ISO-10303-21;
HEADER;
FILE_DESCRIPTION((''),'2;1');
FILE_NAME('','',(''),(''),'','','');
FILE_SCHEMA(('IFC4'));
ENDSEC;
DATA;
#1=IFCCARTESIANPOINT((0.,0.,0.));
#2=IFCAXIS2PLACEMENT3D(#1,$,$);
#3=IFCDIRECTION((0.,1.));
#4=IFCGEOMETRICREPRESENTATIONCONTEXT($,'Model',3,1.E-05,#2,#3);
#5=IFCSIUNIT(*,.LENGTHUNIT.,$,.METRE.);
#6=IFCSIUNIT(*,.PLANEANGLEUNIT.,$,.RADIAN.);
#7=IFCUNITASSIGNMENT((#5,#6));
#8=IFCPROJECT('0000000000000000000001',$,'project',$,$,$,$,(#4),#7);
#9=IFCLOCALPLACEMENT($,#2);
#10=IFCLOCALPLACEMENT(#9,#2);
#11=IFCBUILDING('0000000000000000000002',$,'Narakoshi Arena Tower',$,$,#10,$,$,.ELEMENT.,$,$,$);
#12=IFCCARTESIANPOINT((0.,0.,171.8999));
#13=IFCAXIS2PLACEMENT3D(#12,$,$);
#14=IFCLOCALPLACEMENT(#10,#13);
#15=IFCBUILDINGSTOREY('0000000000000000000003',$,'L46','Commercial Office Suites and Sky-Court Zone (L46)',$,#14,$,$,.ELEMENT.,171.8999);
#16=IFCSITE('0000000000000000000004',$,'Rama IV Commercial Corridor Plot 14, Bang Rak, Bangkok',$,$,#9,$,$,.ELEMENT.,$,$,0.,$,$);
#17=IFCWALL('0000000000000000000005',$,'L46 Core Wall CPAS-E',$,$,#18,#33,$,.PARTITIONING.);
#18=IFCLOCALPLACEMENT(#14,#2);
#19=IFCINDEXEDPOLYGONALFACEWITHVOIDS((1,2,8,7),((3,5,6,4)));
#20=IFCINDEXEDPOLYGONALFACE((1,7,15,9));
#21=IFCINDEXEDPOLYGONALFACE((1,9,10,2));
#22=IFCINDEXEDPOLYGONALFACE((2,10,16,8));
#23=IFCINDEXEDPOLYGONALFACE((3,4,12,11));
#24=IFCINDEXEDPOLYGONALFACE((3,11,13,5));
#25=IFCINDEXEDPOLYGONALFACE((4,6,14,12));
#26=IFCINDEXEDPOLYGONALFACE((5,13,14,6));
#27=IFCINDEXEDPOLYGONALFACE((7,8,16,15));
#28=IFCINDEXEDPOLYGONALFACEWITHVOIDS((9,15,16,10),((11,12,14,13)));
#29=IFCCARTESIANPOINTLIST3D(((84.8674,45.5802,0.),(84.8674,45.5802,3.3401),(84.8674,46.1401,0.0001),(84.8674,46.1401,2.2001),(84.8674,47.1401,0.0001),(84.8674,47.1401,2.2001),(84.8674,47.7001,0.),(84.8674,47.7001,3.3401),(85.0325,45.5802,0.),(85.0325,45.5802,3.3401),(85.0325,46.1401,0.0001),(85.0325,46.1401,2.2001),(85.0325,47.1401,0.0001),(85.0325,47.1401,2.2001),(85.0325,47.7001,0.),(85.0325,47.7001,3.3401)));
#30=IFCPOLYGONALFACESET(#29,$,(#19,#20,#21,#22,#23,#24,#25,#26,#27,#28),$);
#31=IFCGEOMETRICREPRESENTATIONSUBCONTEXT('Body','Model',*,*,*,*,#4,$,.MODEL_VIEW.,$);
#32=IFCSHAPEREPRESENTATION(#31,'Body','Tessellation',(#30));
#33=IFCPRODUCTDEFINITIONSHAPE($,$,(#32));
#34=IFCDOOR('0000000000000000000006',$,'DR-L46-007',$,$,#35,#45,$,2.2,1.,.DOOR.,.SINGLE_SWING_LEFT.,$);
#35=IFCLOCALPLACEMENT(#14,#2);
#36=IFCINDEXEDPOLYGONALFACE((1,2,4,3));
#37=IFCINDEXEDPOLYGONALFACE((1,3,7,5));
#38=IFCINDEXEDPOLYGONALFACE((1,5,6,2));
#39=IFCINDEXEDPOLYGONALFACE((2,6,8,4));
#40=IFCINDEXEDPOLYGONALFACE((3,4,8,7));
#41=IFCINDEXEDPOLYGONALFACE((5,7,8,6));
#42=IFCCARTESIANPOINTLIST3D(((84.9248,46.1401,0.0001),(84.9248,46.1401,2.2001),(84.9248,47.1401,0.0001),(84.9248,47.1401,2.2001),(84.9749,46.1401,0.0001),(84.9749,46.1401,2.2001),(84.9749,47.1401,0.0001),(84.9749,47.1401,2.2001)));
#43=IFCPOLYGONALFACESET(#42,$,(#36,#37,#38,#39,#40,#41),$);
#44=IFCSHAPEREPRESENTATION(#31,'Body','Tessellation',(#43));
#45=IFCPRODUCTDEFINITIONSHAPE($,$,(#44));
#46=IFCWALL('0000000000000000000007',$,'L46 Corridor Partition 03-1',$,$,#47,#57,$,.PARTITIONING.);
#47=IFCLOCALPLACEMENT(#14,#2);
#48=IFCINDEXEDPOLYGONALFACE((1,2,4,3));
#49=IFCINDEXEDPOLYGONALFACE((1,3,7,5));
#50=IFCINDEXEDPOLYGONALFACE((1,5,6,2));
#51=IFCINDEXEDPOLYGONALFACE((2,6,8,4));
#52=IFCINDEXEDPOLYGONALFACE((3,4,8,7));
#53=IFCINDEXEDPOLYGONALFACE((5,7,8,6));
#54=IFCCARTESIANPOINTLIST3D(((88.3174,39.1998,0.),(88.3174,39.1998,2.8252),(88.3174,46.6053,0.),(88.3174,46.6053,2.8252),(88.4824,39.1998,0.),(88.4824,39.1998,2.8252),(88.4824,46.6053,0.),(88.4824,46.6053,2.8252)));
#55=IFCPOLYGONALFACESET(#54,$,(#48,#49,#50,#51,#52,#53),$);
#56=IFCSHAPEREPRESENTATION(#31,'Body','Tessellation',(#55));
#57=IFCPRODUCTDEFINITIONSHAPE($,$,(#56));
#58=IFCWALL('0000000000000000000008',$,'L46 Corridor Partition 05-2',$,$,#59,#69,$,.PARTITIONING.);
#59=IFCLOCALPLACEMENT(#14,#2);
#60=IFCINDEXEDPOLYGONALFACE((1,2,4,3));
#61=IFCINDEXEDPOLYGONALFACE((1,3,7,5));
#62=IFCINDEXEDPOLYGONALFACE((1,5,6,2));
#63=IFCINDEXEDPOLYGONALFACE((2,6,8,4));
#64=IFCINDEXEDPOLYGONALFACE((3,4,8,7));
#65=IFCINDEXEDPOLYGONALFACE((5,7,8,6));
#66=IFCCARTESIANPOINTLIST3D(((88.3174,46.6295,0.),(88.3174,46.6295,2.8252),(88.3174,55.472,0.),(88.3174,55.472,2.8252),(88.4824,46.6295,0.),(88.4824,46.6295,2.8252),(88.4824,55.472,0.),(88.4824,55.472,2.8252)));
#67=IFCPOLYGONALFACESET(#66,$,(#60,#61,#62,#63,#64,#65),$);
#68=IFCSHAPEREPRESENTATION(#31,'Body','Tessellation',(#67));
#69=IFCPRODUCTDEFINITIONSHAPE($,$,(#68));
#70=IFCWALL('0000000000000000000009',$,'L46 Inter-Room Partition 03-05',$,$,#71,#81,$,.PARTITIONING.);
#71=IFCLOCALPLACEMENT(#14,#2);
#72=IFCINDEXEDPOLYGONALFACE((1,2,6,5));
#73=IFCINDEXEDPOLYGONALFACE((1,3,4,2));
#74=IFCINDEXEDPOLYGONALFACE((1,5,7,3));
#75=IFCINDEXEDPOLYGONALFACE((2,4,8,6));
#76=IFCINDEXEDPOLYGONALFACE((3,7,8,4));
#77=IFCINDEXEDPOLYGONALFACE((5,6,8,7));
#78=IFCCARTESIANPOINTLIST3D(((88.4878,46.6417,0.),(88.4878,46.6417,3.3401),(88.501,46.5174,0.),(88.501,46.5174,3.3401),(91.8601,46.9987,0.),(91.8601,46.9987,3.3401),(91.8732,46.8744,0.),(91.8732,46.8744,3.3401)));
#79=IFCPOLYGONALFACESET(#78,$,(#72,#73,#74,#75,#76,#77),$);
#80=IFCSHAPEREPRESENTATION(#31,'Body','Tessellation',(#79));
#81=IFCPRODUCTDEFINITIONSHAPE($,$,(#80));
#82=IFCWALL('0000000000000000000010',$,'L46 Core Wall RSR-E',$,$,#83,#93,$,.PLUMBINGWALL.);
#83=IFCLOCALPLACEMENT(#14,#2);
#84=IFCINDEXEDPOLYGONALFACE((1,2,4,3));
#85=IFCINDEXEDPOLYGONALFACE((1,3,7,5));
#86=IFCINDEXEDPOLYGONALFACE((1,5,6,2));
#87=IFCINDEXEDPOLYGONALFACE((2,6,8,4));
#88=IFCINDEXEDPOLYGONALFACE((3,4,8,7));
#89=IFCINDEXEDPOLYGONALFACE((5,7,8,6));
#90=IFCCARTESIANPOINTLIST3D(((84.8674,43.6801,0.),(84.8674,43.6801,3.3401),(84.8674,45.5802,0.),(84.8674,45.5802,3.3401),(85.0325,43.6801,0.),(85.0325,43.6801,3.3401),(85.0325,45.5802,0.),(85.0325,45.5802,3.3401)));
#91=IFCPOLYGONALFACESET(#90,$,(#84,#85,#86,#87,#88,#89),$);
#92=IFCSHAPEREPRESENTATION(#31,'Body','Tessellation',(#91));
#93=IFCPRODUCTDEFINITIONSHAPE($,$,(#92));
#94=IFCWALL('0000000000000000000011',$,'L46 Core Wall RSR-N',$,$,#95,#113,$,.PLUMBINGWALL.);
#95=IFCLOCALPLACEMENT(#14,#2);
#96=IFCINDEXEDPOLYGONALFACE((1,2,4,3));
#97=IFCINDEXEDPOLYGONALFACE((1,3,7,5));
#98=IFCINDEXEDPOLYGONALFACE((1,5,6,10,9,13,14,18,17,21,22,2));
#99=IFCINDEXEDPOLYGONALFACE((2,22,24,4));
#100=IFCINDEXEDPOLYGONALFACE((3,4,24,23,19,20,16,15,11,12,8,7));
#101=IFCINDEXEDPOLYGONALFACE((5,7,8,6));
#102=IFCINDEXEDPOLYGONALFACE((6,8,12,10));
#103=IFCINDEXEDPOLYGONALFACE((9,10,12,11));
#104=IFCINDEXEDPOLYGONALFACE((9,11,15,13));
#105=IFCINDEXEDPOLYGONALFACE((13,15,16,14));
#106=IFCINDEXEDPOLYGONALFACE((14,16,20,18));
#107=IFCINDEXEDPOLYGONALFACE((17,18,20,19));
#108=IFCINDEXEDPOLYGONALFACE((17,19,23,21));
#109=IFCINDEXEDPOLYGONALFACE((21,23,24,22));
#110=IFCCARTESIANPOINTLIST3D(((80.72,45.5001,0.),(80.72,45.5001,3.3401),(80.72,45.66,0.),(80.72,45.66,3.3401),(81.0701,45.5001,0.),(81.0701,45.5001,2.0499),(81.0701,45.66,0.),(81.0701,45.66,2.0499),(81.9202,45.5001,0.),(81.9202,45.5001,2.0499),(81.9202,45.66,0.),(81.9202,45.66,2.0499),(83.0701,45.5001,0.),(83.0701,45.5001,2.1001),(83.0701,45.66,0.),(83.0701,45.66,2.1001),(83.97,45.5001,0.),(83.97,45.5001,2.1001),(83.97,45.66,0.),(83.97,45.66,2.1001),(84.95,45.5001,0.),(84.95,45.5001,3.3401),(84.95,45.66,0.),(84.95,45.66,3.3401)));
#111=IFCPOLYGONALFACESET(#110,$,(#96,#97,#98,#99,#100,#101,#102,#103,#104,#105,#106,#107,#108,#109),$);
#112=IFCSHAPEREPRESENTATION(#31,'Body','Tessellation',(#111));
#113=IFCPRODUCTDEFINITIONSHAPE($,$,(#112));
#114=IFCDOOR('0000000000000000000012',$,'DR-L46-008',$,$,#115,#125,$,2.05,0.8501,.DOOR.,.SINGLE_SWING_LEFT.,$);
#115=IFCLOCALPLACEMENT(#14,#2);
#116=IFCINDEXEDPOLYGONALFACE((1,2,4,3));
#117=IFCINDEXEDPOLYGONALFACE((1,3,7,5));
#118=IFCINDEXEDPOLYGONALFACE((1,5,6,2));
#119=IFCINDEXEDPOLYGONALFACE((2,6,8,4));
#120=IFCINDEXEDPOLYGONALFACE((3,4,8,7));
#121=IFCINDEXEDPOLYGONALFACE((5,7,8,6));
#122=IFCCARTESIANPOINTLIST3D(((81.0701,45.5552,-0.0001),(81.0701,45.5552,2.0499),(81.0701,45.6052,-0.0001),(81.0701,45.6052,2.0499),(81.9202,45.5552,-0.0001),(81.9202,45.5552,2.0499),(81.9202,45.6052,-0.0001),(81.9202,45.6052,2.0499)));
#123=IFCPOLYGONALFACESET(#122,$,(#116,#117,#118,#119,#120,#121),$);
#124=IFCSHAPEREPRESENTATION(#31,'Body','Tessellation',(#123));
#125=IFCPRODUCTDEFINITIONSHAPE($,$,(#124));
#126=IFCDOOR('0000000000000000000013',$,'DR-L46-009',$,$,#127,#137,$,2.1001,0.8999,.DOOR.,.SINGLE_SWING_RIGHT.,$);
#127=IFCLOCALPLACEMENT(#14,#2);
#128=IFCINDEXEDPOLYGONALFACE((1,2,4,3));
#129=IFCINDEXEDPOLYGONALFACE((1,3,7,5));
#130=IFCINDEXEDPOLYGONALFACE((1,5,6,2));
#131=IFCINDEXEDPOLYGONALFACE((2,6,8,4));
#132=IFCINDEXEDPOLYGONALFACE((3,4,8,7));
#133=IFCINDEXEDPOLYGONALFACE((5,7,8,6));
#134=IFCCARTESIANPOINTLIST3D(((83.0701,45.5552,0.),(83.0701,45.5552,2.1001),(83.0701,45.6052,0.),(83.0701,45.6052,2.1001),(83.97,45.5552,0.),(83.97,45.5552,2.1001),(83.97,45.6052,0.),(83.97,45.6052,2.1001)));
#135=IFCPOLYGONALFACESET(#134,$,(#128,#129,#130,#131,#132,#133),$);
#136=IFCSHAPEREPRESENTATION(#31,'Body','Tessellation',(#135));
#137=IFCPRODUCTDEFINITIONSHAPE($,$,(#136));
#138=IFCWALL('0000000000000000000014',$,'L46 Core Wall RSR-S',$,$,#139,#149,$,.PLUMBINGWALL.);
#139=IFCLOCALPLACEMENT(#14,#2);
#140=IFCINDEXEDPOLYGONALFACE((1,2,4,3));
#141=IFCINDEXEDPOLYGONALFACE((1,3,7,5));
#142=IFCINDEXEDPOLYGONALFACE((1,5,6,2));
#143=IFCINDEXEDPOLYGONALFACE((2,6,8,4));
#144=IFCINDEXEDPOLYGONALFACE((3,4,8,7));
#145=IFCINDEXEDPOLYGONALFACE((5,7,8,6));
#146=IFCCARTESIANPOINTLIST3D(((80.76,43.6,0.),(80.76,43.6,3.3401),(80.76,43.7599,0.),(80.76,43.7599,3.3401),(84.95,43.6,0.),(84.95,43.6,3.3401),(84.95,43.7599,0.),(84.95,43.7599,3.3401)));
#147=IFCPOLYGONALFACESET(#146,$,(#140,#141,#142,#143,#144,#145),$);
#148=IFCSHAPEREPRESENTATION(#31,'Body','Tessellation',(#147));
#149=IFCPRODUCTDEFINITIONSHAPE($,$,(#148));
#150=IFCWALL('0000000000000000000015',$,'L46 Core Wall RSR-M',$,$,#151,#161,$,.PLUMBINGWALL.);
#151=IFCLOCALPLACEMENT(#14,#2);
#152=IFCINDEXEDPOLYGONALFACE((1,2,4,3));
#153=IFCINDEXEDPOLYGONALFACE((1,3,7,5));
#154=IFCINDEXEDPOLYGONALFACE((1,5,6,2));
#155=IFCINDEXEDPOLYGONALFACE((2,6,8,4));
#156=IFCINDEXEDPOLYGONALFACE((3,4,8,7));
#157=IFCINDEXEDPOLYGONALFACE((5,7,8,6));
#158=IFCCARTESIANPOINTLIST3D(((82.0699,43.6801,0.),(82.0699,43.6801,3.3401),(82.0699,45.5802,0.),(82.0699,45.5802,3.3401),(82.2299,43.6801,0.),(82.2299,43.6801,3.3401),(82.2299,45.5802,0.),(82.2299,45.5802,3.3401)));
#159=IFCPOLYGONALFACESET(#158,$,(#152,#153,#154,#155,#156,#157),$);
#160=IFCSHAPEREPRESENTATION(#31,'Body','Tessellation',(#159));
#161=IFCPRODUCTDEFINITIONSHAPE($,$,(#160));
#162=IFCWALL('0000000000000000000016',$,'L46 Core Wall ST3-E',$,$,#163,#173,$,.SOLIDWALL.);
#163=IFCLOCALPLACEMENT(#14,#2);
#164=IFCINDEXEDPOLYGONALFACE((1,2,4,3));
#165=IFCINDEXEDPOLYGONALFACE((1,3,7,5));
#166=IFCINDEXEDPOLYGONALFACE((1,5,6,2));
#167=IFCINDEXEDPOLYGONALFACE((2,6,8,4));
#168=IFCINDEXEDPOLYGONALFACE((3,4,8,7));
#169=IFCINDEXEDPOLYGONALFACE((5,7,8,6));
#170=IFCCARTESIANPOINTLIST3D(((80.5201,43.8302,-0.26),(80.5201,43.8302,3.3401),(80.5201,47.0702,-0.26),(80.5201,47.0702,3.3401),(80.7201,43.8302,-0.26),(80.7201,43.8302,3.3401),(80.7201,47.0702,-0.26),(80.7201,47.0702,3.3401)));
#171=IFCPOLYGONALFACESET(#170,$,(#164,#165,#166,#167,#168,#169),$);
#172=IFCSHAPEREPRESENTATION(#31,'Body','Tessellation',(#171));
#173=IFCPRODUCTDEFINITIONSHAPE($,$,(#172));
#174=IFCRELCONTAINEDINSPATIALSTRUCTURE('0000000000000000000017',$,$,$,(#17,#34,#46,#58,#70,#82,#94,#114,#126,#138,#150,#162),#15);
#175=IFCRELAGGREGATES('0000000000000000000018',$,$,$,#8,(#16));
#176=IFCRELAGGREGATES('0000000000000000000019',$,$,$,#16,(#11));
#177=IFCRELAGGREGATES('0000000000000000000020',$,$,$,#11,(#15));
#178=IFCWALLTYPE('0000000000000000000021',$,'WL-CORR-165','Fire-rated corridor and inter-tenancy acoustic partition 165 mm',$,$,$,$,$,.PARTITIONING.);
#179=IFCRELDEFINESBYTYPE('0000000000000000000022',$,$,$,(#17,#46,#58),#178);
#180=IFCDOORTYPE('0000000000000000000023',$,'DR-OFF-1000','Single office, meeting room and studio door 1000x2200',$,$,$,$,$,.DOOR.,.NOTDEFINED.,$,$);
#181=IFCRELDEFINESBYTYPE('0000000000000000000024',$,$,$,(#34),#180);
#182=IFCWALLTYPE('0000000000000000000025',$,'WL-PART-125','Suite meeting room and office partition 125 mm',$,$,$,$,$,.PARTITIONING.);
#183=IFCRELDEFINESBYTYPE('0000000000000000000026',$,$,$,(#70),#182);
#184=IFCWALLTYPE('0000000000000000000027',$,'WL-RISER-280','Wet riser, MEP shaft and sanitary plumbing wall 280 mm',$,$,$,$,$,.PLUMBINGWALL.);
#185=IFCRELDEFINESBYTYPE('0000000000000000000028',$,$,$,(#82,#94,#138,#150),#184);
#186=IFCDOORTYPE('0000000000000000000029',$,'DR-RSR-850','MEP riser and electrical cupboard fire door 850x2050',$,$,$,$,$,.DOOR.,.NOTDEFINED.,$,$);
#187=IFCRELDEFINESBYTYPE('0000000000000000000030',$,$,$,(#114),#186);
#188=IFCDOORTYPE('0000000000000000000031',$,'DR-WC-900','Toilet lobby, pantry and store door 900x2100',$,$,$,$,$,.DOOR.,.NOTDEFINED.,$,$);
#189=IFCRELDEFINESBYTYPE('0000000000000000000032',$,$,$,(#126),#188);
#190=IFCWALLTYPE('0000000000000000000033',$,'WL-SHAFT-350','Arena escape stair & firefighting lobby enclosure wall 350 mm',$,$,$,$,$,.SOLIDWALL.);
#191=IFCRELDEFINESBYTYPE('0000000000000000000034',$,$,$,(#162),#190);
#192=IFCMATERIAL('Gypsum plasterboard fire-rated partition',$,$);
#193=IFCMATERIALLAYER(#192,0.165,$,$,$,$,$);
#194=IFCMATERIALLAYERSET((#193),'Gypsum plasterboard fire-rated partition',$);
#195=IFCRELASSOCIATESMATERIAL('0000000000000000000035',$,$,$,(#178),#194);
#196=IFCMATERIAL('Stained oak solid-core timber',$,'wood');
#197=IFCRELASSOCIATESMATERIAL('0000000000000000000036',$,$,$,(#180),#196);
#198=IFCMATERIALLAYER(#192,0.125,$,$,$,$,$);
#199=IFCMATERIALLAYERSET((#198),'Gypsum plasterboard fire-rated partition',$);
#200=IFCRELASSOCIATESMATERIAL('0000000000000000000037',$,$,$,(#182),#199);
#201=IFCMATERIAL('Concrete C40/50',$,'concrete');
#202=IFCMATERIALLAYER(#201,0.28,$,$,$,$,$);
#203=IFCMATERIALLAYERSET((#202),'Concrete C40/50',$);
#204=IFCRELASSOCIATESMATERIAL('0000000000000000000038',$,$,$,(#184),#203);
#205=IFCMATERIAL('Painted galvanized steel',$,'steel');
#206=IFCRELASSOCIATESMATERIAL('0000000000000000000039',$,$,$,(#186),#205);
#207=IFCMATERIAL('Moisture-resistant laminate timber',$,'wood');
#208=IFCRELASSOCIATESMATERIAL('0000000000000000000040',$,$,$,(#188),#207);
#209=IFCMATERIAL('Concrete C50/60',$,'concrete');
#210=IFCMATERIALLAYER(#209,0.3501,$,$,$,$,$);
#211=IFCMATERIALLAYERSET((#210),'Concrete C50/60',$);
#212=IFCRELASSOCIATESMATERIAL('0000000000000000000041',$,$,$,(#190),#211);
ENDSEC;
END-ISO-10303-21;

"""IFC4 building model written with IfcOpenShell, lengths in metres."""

from ifc_helpers import new_model, si_unit, direction, frame, frame_2d, origin, place, context, subcontext, project, spatial, rectangle, extrude, material, layer, layer_set, type_object, element, fill, save


model = new_model("IFC4")

# Units and contexts
model_context = context("Model", 3, precision=1e-05, world=origin(), true_north=direction((0.0, 1.0)))
body_context = subcontext(model_context, "Body", "Model", "MODEL_VIEW")
ifc_project = project(units=[si_unit("LENGTHUNIT", "METRE"), si_unit("PLANEANGLEUNIT", "RADIAN")], contexts=[model_context])

# Site, building, storey
site_placement = place(None, origin())
site = spatial("IfcSite", under=ifc_project, at=site_placement, Name="Rama IV Commercial Corridor Plot 14, Bang Rak, Bangkok", CompositionType="ELEMENT", RefElevation=0.0)
building_placement = place(site_placement, origin())
building = spatial("IfcBuilding", under=site, at=building_placement, Name="Narakoshi Arena Tower", CompositionType="ELEMENT")
storey_placement = place(building_placement, frame((0.0, 0.0, 171.8999)))
storey = spatial("IfcBuildingStorey", under=building, at=storey_placement, Name="L46", Description="Commercial Office Suites and Sky-Court Zone (L46)", CompositionType="ELEMENT", Elevation=171.8999)

# Shared definitions
ifc_material_1 = material(Name="Concrete C50/60", Category="concrete")

# Wall, opening, door
ifc_material_2 = material(Name="Gypsum plasterboard fire-rated partition")
ifc_layer_1 = layer(ifc_material_2, 0.165)
ifc_layer_set_1 = layer_set([ifc_layer_1], Name="Gypsum plasterboard fire-rated partition")
wall_type_1 = type_object("IfcWallType", Name="WL-CORR-165", Description="Fire-rated corridor and inter-tenancy acoustic partition 165 mm", PredefinedType="PARTITIONING", material=ifc_layer_set_1)
wall_1_placement = place(storey_placement, frame((84.95, 45.5801, 0.0), z_axis=(0.0, 0.0, 1.0), x_axis=(0.0, 1.0, 0.0)))
wall_1 = element("IfcWall", 1, at=wall_1_placement, inside=storey, type_object=wall_type_1, Name="L46 Core Wall CPAS-E", PredefinedType="PARTITIONING", context=body_context, shape_type="SweptSolid", body=[
    extrude(rectangle(XDim=2.1199, YDim=0.165, at=frame_2d((1.0601, 0.0))), origin(), (0.0, 0.0, 1.0), 3.3401),
])
opening_1_placement = place(wall_1_placement, frame((0.5601, 0.0, 0.0)))
opening_1 = element("IfcOpeningElement", 2, at=opening_1_placement, cuts=wall_1, PredefinedType="OPENING", context=body_context, shape_type="SweptSolid", body=[
    extrude(rectangle(XDim=1.0, YDim=2.2, at=frame_2d((0.5, 1.1001))), frame((0.0, 0.0925, 0.0), z_axis=(0.0, -1.0, 0.0), x_axis=(1.0, 0.0, 0.0)), (0.0, 0.0, 1.0), 0.1851),
])
ifc_material_3 = material(Name="Stained oak solid-core timber", Category="wood")
door_type_1 = type_object("IfcDoorType", Name="DR-OFF-1000", Description="Single office, meeting room and studio door 1000x2200", OperationType="NOTDEFINED", PredefinedType="DOOR", material=ifc_material_3)
door_1_placement = place(opening_1_placement, frame((1.0, 0.0, 0.0), z_axis=(0.0, 0.0, 1.0), x_axis=(-1.0, 0.0, 0.0)))
door_1 = element("IfcDoor", 3, at=door_1_placement, inside=storey, type_object=door_type_1, Name="DR-L46-007", OperationType="SINGLE_SWING_LEFT", OverallHeight=2.2, OverallWidth=1.0, PredefinedType="DOOR", context=body_context, shape_type="SweptSolid", body=[
    extrude(rectangle(XDim=1.0, YDim=2.2, at=frame_2d((0.5, 1.1001))), frame((0.0, 0.0249, 0.0), z_axis=(0.0, -1.0, 0.0), x_axis=(1.0, 0.0, 0.0)), (0.0, 0.0, 1.0), 0.05),
])
fill(opening_1, door_1)

# Walls
wall_2_placement = place(storey_placement, frame((88.3999, 39.2, 0.0), z_axis=(0.0, 0.0, 1.0), x_axis=(0.0, 1.0, 0.0)))
element("IfcWall", 4, at=wall_2_placement, inside=storey, type_object=wall_type_1, Name="L46 Corridor Partition 03-1", PredefinedType="PARTITIONING", context=body_context, shape_type="SweptSolid", body=[
    extrude(rectangle(XDim=7.4055, YDim=0.165, at=frame_2d((3.7026, 0.0))), origin(), (0.0, 0.0, 1.0), 2.8252),
])
wall_3_placement = place(storey_placement, frame((88.3999, 46.6294, 0.0), z_axis=(0.0, 0.0, 1.0), x_axis=(0.0, 1.0, 0.0)))
element("IfcWall", 5, at=wall_3_placement, inside=storey, type_object=wall_type_1, Name="L46 Corridor Partition 05-2", PredefinedType="PARTITIONING", context=body_context, shape_type="SweptSolid", body=[
    extrude(rectangle(XDim=8.8425, YDim=0.165, at=frame_2d((4.4214, 0.0))), origin(), (0.0, 0.0, 1.0), 2.8252),
])
ifc_layer_2 = layer(ifc_material_2, 0.125)
ifc_layer_set_2 = layer_set([ifc_layer_2], Name="Gypsum plasterboard fire-rated partition")
wall_type_2 = type_object("IfcWallType", Name="WL-PART-125", Description="Suite meeting room and office partition 125 mm", PredefinedType="PARTITIONING", material=ifc_layer_set_2)
wall_4_placement = place(storey_placement, frame((88.4944, 46.5796, 0.0), z_axis=(0.0, 0.0, 1.0), x_axis=(0.994445, 0.105254, 0.0)))
element("IfcWall", 6, at=wall_4_placement, inside=storey, type_object=wall_type_2, Name="L46 Inter-Room Partition 03-05", PredefinedType="PARTITIONING", context=body_context, shape_type="SweptSolid", body=[
    extrude(rectangle(XDim=3.3911, YDim=0.125, at=frame_2d((1.6956, 0.0))), origin(), (0.0, 0.0, 1.0), 3.3401),
])
ifc_material_4 = material(Name="Concrete C40/50", Category="concrete")
ifc_layer_3 = layer(ifc_material_4, 0.28)
ifc_layer_set_3 = layer_set([ifc_layer_3], Name="Concrete C40/50")
wall_type_3 = type_object("IfcWallType", Name="WL-RISER-280", Description="Wet riser, MEP shaft and sanitary plumbing wall 280 mm", PredefinedType="PLUMBINGWALL", material=ifc_layer_set_3)
wall_5_placement = place(storey_placement, frame((84.95, 43.6799, 0.0), z_axis=(0.0, 0.0, 1.0), x_axis=(0.0, 1.0, 0.0)))
element("IfcWall", 7, at=wall_5_placement, inside=storey, type_object=wall_type_3, Name="L46 Core Wall RSR-E", PredefinedType="PLUMBINGWALL", context=body_context, shape_type="SweptSolid", body=[
    extrude(rectangle(XDim=1.9001, YDim=0.165, at=frame_2d((0.9502, 0.0))), origin(), (0.0, 0.0, 1.0), 3.3401),
])

# Wall, openings, doors
wall_6_placement = place(storey_placement, frame((80.72, 45.5801, 0.0), z_axis=(0.0, 0.0, 1.0), x_axis=(1.0, 0.0, 0.0)))
wall_6 = element("IfcWall", 8, at=wall_6_placement, inside=storey, type_object=wall_type_3, Name="L46 Core Wall RSR-N", PredefinedType="PLUMBINGWALL", context=body_context, shape_type="SweptSolid", body=[
    extrude(rectangle(XDim=4.23, YDim=0.1599, at=frame_2d((2.115, 0.0))), origin(), (0.0, 0.0, 1.0), 3.3401),
])
opening_2_placement = place(wall_6_placement, frame((0.3501, 0.0, 0.0)))
opening_2 = element("IfcOpeningElement", 9, at=opening_2_placement, cuts=wall_6, PredefinedType="OPENING", context=body_context, shape_type="SweptSolid", body=[
    extrude(rectangle(XDim=0.8501, YDim=2.05, at=frame_2d((0.425, 1.0249))), frame((0.0, 0.0898, 0.0), z_axis=(0.0, -1.0, 0.0), x_axis=(1.0, 0.0, 0.0)), (0.0, 0.0, 1.0), 0.1799),
])
opening_3_placement = place(wall_6_placement, frame((2.3501, 0.0, 0.0)))
opening_3 = element("IfcOpeningElement", 10, at=opening_3_placement, cuts=wall_6, PredefinedType="OPENING", context=body_context, shape_type="SweptSolid", body=[
    extrude(rectangle(XDim=0.8999, YDim=2.1001, at=frame_2d((0.45, 1.05))), frame((0.0, 0.0898, 0.0), z_axis=(0.0, -1.0, 0.0), x_axis=(1.0, 0.0, 0.0)), (0.0, 0.0, 1.0), 0.1799),
])
ifc_material_5 = material(Name="Painted galvanized steel", Category="steel")
door_type_2 = type_object("IfcDoorType", Name="DR-RSR-850", Description="MEP riser and electrical cupboard fire door 850x2050", OperationType="NOTDEFINED", PredefinedType="DOOR", material=ifc_material_5)
door_2_placement = place(opening_2_placement, frame((0.8501, 0.0, 0.0), z_axis=(0.0, 0.0, 1.0), x_axis=(-1.0, 0.0, 0.0)))
door_2 = element("IfcDoor", 11, at=door_2_placement, inside=storey, type_object=door_type_2, Name="DR-L46-008", OperationType="SINGLE_SWING_LEFT", OverallHeight=2.05, OverallWidth=0.8501, PredefinedType="DOOR", context=body_context, shape_type="SweptSolid", body=[
    extrude(rectangle(XDim=0.8501, YDim=2.05, at=frame_2d((0.425, 1.0249))), frame((0.0, 0.0249, 0.0), z_axis=(0.0, -1.0, 0.0), x_axis=(1.0, 0.0, 0.0)), (0.0, 0.0, 1.0), 0.05),
])
fill(opening_2, door_2)
ifc_material_6 = material(Name="Moisture-resistant laminate timber", Category="wood")
door_type_3 = type_object("IfcDoorType", Name="DR-WC-900", Description="Toilet lobby, pantry and store door 900x2100", OperationType="NOTDEFINED", PredefinedType="DOOR", material=ifc_material_6)
door_3_placement = place(opening_3_placement, frame((0.8999, 0.0, 0.0), z_axis=(0.0, 0.0, 1.0), x_axis=(-1.0, 0.0, 0.0)))
door_3 = element("IfcDoor", 12, at=door_3_placement, inside=storey, type_object=door_type_3, Name="DR-L46-009", OperationType="SINGLE_SWING_RIGHT", OverallHeight=2.1001, OverallWidth=0.8999, PredefinedType="DOOR", context=body_context, shape_type="SweptSolid", body=[
    extrude(rectangle(XDim=0.8999, YDim=2.1001, at=frame_2d((0.45, 1.05))), frame((0.0, 0.0249, 0.0), z_axis=(0.0, -1.0, 0.0), x_axis=(1.0, 0.0, 0.0)), (0.0, 0.0, 1.0), 0.05),
])
fill(opening_3, door_3)

# Walls
wall_7_placement = place(storey_placement, frame((80.76, 43.6799, 0.0), z_axis=(0.0, 0.0, 1.0), x_axis=(1.0, 0.0, 0.0)))
element("IfcWall", 13, at=wall_7_placement, inside=storey, type_object=wall_type_3, Name="L46 Core Wall RSR-S", PredefinedType="PLUMBINGWALL", context=body_context, shape_type="SweptSolid", body=[
    extrude(rectangle(XDim=4.1899, YDim=0.1599, at=frame_2d((2.095, 0.0))), origin(), (0.0, 0.0, 1.0), 3.3401),
])
wall_8_placement = place(storey_placement, frame((82.1499, 43.6799, 0.0), z_axis=(0.0, 0.0, 1.0), x_axis=(0.0, 1.0, 0.0)))
element("IfcWall", 14, at=wall_8_placement, inside=storey, type_object=wall_type_3, Name="L46 Core Wall RSR-M", PredefinedType="PLUMBINGWALL", context=body_context, shape_type="SweptSolid", body=[
    extrude(rectangle(XDim=1.9001, YDim=0.1599, at=frame_2d((0.9502, 0.0))), origin(), (0.0, 0.0, 1.0), 3.3401),
])
ifc_layer_4 = layer(ifc_material_1, 0.3501)
ifc_layer_set_4 = layer_set([ifc_layer_4], Name="Concrete C50/60")
wall_type_4 = type_object("IfcWallType", Name="WL-SHAFT-350", Description="Arena escape stair & firefighting lobby enclosure wall 350 mm", PredefinedType="SOLIDWALL", material=ifc_layer_set_4)
wall_9_placement = place(storey_placement, frame((80.6201, 43.8301, -0.26), z_axis=(0.0, 0.0, 1.0), x_axis=(0.0, 1.0, 0.0)))
element("IfcWall", 15, at=wall_9_placement, inside=storey, type_object=wall_type_4, Name="L46 Core Wall ST3-E", PredefinedType="SOLIDWALL", context=body_context, shape_type="SweptSolid", body=[
    extrude(rectangle(XDim=3.24, YDim=0.2, at=frame_2d((1.6201, 0.0))), origin(), (0.0, 0.0, 1.0), 3.6001),
])

save(model, "model.ifc")
